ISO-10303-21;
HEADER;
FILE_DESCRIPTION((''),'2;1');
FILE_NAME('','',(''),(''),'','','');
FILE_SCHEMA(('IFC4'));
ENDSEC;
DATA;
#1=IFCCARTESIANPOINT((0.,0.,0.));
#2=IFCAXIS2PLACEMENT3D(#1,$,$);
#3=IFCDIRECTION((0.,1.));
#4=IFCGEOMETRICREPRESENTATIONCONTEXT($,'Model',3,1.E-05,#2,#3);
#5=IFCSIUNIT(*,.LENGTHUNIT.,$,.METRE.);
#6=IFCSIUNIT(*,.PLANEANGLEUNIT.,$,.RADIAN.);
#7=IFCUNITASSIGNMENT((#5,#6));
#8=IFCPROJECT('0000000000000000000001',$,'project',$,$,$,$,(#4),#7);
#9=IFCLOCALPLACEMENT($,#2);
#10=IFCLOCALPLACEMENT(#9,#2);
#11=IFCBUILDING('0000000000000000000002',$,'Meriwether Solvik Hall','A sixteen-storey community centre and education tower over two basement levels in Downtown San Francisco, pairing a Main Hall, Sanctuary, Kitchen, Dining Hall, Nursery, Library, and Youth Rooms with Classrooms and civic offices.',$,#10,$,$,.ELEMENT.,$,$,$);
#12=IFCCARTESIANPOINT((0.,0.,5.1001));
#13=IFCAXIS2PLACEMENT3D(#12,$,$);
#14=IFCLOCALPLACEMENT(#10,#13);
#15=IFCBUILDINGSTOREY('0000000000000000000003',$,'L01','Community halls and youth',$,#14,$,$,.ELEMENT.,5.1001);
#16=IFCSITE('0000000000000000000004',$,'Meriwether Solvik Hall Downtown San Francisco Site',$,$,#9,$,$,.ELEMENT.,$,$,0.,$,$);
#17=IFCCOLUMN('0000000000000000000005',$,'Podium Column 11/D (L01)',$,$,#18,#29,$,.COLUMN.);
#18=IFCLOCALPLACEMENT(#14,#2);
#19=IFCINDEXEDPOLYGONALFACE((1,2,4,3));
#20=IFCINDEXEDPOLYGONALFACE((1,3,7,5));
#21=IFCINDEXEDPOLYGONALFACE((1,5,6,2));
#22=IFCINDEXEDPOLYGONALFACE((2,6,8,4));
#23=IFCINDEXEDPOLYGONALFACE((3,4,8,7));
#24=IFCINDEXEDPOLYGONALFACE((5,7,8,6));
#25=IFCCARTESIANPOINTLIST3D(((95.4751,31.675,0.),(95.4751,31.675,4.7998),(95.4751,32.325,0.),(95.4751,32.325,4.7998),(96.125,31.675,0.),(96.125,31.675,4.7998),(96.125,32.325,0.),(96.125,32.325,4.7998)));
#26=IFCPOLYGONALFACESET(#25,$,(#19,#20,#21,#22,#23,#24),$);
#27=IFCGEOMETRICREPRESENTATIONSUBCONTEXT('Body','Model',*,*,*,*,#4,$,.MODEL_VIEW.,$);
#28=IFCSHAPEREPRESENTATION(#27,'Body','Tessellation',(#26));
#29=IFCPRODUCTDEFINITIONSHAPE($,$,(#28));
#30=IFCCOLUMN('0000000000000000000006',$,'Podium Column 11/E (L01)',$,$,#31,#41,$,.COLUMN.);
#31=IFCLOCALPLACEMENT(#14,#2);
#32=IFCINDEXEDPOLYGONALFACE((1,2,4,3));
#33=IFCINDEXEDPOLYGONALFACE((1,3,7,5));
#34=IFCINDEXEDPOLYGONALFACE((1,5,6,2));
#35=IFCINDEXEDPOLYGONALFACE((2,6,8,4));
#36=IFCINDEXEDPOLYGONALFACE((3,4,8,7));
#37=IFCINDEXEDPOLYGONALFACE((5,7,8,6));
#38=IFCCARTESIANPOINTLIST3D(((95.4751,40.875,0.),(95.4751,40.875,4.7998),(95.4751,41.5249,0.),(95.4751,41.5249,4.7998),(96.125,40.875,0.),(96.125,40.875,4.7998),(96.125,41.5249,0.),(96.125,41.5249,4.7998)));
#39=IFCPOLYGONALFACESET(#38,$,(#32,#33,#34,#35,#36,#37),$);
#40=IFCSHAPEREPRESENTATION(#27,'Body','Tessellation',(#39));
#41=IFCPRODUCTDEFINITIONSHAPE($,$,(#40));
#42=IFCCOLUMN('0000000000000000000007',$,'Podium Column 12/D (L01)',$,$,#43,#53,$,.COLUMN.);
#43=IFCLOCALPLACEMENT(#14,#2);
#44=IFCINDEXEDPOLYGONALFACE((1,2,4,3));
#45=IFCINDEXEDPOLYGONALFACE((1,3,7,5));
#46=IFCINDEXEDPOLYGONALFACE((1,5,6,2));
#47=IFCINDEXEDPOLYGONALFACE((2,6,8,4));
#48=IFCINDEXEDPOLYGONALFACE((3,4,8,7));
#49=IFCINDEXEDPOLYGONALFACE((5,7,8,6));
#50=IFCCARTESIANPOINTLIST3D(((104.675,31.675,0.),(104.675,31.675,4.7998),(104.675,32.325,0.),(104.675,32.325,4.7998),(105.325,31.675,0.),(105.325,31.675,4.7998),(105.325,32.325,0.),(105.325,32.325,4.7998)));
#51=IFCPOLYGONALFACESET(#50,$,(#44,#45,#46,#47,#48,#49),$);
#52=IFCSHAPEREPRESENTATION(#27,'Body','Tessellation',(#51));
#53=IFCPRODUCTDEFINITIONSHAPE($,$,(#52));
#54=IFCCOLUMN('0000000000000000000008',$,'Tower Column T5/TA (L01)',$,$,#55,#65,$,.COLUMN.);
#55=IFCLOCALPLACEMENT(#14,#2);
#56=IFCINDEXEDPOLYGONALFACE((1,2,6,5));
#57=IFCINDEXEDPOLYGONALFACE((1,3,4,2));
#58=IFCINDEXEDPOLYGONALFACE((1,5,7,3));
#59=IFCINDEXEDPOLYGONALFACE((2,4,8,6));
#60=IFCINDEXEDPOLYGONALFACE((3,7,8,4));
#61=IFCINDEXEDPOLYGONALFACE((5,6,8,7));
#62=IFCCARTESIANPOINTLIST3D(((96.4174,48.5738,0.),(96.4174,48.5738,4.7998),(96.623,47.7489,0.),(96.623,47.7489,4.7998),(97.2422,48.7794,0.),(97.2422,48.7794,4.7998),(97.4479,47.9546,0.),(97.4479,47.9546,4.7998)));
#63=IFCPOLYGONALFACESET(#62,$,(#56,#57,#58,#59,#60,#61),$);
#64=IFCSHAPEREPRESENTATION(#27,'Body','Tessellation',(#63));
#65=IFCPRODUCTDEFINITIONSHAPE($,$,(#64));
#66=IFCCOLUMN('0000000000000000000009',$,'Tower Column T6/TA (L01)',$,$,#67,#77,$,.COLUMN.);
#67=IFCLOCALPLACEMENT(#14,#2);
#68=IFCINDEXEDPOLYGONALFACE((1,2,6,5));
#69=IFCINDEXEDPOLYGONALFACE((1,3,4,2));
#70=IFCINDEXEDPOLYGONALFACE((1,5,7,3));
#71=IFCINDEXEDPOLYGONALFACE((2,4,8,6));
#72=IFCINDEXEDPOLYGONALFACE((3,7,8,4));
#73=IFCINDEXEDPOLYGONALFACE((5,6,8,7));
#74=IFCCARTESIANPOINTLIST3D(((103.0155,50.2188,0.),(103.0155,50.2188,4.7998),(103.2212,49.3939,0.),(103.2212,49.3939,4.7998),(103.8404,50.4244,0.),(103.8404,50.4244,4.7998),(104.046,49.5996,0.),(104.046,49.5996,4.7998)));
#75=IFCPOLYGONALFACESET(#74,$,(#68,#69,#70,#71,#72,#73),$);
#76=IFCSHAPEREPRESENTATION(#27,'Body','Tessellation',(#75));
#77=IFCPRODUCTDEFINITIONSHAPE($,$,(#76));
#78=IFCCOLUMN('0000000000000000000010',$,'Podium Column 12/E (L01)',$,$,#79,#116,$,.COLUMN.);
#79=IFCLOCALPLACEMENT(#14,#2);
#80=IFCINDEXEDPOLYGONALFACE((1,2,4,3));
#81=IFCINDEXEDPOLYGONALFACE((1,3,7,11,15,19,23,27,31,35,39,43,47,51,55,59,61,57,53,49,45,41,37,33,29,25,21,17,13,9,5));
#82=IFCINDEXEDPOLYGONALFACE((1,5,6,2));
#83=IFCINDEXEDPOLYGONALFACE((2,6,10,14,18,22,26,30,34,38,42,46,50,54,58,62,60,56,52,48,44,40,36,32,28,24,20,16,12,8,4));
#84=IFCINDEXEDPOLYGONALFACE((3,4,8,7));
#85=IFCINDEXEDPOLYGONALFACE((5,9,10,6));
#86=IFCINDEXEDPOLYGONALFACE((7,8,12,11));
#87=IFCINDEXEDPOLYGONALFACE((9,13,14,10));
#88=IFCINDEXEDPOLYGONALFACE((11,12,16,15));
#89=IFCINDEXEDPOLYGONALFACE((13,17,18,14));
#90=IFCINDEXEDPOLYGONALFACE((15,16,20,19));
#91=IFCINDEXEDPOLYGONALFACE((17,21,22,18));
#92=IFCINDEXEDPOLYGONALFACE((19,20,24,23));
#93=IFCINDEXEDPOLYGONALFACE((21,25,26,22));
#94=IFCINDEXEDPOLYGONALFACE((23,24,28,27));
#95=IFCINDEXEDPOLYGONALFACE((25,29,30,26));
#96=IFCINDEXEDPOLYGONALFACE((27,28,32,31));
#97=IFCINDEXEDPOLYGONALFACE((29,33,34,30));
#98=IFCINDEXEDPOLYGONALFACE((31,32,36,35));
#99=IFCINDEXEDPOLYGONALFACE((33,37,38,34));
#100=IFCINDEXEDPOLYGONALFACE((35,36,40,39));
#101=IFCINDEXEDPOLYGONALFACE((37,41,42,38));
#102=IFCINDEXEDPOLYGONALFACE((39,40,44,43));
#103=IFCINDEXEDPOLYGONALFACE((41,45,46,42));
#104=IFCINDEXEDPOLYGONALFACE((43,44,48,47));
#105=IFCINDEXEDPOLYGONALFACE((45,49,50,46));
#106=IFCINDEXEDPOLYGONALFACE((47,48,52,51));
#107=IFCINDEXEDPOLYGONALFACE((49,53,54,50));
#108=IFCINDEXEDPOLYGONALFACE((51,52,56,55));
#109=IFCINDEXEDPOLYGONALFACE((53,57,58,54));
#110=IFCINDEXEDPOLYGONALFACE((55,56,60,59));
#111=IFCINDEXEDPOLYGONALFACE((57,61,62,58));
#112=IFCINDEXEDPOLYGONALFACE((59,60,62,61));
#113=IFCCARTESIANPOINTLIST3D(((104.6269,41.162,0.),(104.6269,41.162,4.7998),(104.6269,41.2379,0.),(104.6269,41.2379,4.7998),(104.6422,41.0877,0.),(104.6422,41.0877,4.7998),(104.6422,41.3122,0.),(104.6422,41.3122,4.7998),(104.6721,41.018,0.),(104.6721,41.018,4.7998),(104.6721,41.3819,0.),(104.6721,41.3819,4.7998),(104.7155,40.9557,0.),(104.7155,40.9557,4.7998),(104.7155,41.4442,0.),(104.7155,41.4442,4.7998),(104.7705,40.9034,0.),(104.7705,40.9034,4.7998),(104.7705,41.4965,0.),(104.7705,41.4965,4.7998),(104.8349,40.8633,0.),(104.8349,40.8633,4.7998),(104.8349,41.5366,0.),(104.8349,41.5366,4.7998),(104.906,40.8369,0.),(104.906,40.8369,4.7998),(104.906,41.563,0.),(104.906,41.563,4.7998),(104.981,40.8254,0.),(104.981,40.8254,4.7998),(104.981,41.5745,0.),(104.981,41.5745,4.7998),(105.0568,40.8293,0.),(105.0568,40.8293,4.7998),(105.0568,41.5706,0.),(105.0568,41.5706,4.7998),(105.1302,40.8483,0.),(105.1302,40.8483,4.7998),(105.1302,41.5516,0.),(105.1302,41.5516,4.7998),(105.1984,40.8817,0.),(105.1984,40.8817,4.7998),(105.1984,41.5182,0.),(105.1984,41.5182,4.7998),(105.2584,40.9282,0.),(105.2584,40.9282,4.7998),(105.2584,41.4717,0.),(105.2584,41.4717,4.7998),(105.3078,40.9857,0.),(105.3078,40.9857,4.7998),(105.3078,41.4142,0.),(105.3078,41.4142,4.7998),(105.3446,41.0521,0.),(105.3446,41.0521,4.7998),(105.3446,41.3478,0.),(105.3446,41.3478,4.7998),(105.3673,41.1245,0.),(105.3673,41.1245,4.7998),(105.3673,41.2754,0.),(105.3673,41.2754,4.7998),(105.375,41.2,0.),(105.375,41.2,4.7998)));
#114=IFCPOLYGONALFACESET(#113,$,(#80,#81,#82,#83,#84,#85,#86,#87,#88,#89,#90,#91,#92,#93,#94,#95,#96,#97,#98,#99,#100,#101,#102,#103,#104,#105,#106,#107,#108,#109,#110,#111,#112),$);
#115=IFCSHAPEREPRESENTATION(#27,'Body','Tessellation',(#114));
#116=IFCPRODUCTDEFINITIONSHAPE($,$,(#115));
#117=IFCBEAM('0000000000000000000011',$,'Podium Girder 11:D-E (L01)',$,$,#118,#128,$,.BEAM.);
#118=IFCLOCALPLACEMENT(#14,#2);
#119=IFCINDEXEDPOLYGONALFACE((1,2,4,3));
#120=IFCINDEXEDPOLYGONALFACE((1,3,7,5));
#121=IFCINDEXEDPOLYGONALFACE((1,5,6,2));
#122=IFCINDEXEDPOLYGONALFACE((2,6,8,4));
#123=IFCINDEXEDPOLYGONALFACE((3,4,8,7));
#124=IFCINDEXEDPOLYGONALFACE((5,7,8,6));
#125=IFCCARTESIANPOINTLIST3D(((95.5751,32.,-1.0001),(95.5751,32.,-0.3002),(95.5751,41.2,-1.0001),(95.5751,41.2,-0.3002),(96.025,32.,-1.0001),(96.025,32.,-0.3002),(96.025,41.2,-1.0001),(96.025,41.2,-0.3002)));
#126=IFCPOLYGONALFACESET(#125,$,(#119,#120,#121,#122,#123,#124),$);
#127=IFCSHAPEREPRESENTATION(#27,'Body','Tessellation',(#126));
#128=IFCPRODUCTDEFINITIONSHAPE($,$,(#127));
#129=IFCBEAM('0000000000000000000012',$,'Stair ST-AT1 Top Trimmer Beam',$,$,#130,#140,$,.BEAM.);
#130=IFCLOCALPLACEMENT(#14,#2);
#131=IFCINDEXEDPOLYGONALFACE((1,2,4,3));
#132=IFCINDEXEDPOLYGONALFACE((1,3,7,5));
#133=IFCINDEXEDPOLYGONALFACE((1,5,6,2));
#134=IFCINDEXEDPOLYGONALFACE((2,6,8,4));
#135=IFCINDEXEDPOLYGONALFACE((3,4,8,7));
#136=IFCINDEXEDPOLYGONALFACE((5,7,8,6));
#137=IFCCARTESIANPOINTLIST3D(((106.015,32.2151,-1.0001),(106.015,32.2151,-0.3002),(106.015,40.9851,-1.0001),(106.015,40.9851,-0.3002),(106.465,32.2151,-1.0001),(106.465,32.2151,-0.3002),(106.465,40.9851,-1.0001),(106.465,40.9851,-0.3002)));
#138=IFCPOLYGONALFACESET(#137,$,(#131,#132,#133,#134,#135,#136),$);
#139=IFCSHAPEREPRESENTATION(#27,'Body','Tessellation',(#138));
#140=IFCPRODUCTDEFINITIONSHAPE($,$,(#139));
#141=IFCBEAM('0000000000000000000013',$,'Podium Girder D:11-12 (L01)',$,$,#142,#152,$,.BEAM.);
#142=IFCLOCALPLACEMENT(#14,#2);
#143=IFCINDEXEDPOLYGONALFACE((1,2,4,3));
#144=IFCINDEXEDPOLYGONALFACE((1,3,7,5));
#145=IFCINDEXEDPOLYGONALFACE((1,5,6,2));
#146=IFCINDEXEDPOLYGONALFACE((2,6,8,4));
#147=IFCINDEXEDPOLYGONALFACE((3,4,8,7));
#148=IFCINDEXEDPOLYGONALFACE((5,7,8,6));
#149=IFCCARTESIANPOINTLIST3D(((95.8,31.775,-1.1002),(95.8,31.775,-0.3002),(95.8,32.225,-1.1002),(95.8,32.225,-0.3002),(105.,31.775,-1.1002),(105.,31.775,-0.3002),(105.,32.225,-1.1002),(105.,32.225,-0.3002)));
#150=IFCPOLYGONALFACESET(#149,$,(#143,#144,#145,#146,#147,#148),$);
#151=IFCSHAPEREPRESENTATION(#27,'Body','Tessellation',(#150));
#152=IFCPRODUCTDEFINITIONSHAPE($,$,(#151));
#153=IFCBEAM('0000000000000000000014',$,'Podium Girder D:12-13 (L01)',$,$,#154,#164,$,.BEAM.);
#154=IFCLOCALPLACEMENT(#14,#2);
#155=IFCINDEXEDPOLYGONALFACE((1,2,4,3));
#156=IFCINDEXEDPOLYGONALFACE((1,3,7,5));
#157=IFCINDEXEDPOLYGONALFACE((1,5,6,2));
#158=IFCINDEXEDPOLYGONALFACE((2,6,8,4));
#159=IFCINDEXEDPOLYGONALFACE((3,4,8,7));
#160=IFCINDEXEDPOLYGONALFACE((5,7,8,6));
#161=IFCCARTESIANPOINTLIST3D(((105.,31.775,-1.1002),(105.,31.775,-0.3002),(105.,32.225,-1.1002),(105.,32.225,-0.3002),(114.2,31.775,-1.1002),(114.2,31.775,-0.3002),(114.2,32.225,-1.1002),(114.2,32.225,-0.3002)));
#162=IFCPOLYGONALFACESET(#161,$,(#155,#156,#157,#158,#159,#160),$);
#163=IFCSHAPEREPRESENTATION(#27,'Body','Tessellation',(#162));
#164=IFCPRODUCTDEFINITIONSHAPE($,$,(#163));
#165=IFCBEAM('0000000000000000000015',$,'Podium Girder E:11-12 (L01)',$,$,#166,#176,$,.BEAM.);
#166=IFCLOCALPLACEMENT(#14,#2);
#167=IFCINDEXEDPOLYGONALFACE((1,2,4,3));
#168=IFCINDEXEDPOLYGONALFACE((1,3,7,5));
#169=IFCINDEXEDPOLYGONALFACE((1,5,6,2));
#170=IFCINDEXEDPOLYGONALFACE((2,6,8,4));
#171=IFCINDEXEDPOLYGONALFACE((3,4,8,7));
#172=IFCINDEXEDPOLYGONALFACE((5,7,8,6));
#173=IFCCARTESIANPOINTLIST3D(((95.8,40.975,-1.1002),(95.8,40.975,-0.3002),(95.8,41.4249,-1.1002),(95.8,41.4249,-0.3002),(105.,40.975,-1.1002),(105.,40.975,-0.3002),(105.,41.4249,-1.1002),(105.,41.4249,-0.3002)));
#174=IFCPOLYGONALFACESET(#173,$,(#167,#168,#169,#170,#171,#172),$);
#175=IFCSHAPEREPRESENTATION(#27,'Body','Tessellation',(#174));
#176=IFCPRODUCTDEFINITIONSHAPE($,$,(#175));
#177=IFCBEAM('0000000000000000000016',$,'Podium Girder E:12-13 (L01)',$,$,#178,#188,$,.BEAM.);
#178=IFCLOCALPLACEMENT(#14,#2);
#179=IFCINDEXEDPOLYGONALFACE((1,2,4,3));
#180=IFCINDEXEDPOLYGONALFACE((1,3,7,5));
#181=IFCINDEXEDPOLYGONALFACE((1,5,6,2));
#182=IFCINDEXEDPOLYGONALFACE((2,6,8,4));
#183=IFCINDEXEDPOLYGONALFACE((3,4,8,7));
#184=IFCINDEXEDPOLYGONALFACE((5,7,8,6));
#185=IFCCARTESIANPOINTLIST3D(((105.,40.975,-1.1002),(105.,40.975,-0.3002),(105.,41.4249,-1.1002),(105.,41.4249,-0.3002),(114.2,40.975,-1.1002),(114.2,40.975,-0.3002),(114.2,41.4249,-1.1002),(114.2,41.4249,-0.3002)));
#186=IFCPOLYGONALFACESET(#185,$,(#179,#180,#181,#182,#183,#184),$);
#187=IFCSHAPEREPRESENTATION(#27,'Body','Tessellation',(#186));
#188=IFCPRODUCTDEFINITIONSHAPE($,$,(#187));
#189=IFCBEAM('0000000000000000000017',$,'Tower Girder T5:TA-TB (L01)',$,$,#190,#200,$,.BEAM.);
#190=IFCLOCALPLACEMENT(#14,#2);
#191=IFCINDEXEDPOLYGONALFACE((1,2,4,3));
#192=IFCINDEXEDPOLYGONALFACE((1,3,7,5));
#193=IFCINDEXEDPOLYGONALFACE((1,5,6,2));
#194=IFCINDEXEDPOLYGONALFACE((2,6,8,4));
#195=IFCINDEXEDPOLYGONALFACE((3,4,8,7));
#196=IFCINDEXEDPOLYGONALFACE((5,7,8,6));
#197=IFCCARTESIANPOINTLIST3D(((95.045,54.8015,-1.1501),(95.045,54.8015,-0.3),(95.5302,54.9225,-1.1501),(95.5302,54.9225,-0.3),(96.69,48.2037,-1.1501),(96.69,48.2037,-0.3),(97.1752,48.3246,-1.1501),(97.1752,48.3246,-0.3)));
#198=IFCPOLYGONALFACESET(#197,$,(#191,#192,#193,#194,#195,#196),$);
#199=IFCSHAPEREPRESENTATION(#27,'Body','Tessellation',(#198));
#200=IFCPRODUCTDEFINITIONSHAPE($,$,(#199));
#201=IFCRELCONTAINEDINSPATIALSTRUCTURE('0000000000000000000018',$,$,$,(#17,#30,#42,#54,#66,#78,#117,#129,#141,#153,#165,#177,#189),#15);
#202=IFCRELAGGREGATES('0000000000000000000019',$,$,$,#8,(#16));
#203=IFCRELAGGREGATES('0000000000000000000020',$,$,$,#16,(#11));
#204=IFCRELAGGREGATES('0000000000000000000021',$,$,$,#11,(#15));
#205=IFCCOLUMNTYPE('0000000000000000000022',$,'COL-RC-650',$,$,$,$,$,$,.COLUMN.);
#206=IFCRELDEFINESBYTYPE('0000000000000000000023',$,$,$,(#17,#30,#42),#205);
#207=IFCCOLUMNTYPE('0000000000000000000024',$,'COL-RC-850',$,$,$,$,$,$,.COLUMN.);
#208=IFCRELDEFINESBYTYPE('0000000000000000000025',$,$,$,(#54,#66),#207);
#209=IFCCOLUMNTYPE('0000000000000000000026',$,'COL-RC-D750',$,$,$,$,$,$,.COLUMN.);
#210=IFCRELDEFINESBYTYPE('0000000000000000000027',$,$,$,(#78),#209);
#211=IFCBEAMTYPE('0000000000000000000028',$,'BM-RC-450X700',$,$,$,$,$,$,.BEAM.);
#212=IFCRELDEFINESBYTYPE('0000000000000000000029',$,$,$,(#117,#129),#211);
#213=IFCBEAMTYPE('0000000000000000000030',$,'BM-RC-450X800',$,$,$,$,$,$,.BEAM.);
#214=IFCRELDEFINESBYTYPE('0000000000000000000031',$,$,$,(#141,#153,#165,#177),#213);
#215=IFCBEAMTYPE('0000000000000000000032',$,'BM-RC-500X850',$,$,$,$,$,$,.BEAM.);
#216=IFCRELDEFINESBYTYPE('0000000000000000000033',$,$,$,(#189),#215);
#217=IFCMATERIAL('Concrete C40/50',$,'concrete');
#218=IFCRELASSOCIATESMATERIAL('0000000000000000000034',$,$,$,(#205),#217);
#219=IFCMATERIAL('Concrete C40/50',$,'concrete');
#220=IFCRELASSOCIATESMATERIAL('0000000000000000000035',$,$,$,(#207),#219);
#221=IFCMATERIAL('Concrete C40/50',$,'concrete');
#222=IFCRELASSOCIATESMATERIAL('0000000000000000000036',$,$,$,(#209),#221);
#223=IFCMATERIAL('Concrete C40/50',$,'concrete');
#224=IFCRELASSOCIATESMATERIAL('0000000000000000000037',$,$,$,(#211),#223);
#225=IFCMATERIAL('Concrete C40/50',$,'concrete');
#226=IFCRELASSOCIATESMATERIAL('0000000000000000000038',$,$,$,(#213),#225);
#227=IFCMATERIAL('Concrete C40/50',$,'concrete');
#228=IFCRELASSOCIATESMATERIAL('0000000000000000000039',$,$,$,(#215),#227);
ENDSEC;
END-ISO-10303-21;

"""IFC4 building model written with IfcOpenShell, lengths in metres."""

from ifc_helpers import new_model, si_unit, direction, frame, origin, origin_2d, place, context, subcontext, project, spatial, rectangle, circle, extrude, material, material_profile, profile_set, type_object, element, save


model = new_model("IFC4")

# Units and contexts
model_context = context("Model", 3, precision=1e-05, world=origin(), true_north=direction((0.0, 1.0)))
body_context = subcontext(model_context, "Body", "Model", "MODEL_VIEW")
ifc_project = project(units=[si_unit("LENGTHUNIT", "METRE"), si_unit("PLANEANGLEUNIT", "RADIAN")], contexts=[model_context])

# Site, building, storey
site_placement = place(None, origin())
site = spatial("IfcSite", under=ifc_project, at=site_placement, Name="Meriwether Solvik Hall Downtown San Francisco Site", CompositionType="ELEMENT", RefElevation=0.0)
building_placement = place(site_placement, origin())
building = spatial("IfcBuilding", under=site, at=building_placement, Name="Meriwether Solvik Hall", Description="A sixteen-storey community centre and education tower over two basement levels in Downtown San Francisco, pairing a Main Hall, Sanctuary, Kitchen, Dining Hall, Nursery, Library, and Youth Rooms with Classrooms and civic offices.", CompositionType="ELEMENT")
storey_placement = place(building_placement, frame((0.0, 0.0, 5.1001)))
storey = spatial("IfcBuildingStorey", under=building, at=storey_placement, Name="L01", Description="Community halls and youth", CompositionType="ELEMENT", Elevation=5.1001)

# Columns
ifc_material_1 = material(Name="Concrete C40/50", Category="concrete")
ifc_material_profile_1 = material_profile(ifc_material_1, rectangle(XDim=0.6499, YDim=0.6499, at=origin_2d()), Name="RCC-650X650")
ifc_profile_set_1 = profile_set([ifc_material_profile_1], Name="Concrete C40/50")
column_type_1 = type_object("IfcColumnType", Name="COL-RC-650", PredefinedType="COLUMN", material=ifc_profile_set_1)
for number, where, z_axis, x_axis, name in (
    (1, (95.8, 32.0, 0.0), (0.0, 0.0, 1.0), (1.0, 0.0, 0.0), "Podium Column 11/D (L01)"),
    (2, (95.8, 41.2, 0.0), (0.0, 0.0, 1.0), (1.0, 0.0, 0.0), "Podium Column 11/E (L01)"),
    (3, (105.0, 32.0, 0.0), (0.0, 0.0, 1.0), (1.0, 0.0, 0.0), "Podium Column 12/D (L01)"),
):
    element("IfcColumn", number, at=place(storey_placement, frame(where, z_axis=z_axis, x_axis=x_axis)), inside=storey, type_object=column_type_1, Name=name, PredefinedType="COLUMN", context=body_context, shape_type="SweptSolid", body=[
        extrude(rectangle(XDim=0.6499, YDim=0.6499, at=origin_2d()), origin(), (0.0, 0.0, 1.0), 4.7998),
    ])
ifc_material_2 = material(Name="Concrete C40/50", Category="concrete")
ifc_material_profile_2 = material_profile(ifc_material_2, rectangle(XDim=0.8501, YDim=0.8501, at=origin_2d()), Name="RCC-850X850")
ifc_profile_set_2 = profile_set([ifc_material_profile_2], Name="Concrete C40/50")
column_type_2 = type_object("IfcColumnType", Name="COL-RC-850", PredefinedType="COLUMN", material=ifc_profile_set_2)
for number, where, z_axis, x_axis, name in (
    (4, (96.9326, 48.2642, 0.0), (0.0, 0.0, 1.0), (0.970296, 0.241922, 0.0), "Tower Column T5/TA (L01)"),
    (5, (103.5308, 49.9092, 0.0), (0.0, 0.0, 1.0), (0.970296, 0.241922, 0.0), "Tower Column T6/TA (L01)"),
):
    element("IfcColumn", number, at=place(storey_placement, frame(where, z_axis=z_axis, x_axis=x_axis)), inside=storey, type_object=column_type_2, Name=name, PredefinedType="COLUMN", context=body_context, shape_type="SweptSolid", body=[
        extrude(rectangle(XDim=0.8501, YDim=0.8501, at=origin_2d()), origin(), (0.0, 0.0, 1.0), 4.7998),
    ])
ifc_material_3 = material(Name="Concrete C40/50", Category="concrete")
ifc_material_profile_3 = material_profile(ifc_material_3, circle(Radius=0.375, at=origin_2d()), Name="RCC-D750")
ifc_profile_set_3 = profile_set([ifc_material_profile_3], Name="Concrete C40/50")
column_type_3 = type_object("IfcColumnType", Name="COL-RC-D750", PredefinedType="COLUMN", material=ifc_profile_set_3)
column_placement = place(storey_placement, frame((105.0, 41.2, 0.0), z_axis=(0.0, 0.0, 1.0), x_axis=(1.0, 0.0, 0.0)))
element("IfcColumn", 6, at=column_placement, inside=storey, type_object=column_type_3, Name="Podium Column 12/E (L01)", PredefinedType="COLUMN", context=body_context, shape_type="SweptSolid", body=[
    extrude(circle(Radius=0.375, at=origin_2d()), origin(), (0.0, 0.0, 1.0), 4.7998),
])

# Beams
ifc_material_4 = material(Name="Concrete C40/50", Category="concrete")
ifc_material_profile_4 = material_profile(ifc_material_4, rectangle(XDim=0.45, YDim=0.7, at=origin_2d()), Name="RCB-450X700")
ifc_profile_set_4 = profile_set([ifc_material_profile_4], Name="Concrete C40/50")
beam_type_1 = type_object("IfcBeamType", Name="BM-RC-450X700", PredefinedType="BEAM", material=ifc_profile_set_4)
beam_1_placement = place(storey_placement, frame((95.8, 32.0, -0.6501), z_axis=(0.0, 1.0, 0.0), x_axis=(-1.0, 0.0, 0.0)))
element("IfcBeam", 7, at=beam_1_placement, inside=storey, type_object=beam_type_1, Name="Podium Girder 11:D-E (L01)", PredefinedType="BEAM", context=body_context, shape_type="SweptSolid", body=[
    extrude(rectangle(XDim=0.45, YDim=0.7, at=origin_2d()), origin(), (0.0, 0.0, 1.0), 9.2),
])
beam_2_placement = place(storey_placement, frame((106.24, 32.2151, -0.6501), z_axis=(0.0, 1.0, 0.0), x_axis=(-1.0, 0.0, 0.0)))
element("IfcBeam", 8, at=beam_2_placement, inside=storey, type_object=beam_type_1, Name="Stair ST-AT1 Top Trimmer Beam", PredefinedType="BEAM", context=body_context, shape_type="SweptSolid", body=[
    extrude(rectangle(XDim=0.45, YDim=0.7, at=origin_2d()), origin(), (0.0, 0.0, 1.0), 8.77),
])
ifc_material_5 = material(Name="Concrete C40/50", Category="concrete")
ifc_material_profile_5 = material_profile(ifc_material_5, rectangle(XDim=0.45, YDim=0.8, at=origin_2d()), Name="RCB-450X800")
ifc_profile_set_5 = profile_set([ifc_material_profile_5], Name="Concrete C40/50")
beam_type_2 = type_object("IfcBeamType", Name="BM-RC-450X800", PredefinedType="BEAM", material=ifc_profile_set_5)
for number, where, z_axis, x_axis, name in (
    (9, (95.8, 32.0, -0.7002), (1.0, 0.0, 0.0), (0.0, 1.0, 0.0), "Podium Girder D:11-12 (L01)"),
    (10, (105.0, 32.0, -0.7002), (1.0, 0.0, 0.0), (0.0, 1.0, 0.0), "Podium Girder D:12-13 (L01)"),
    (11, (95.8, 41.2, -0.7002), (1.0, 0.0, 0.0), (0.0, 1.0, 0.0), "Podium Girder E:11-12 (L01)"),
    (12, (105.0, 41.2, -0.7002), (1.0, 0.0, 0.0), (0.0, 1.0, 0.0), "Podium Girder E:12-13 (L01)"),
):
    element("IfcBeam", number, at=place(storey_placement, frame(where, z_axis=z_axis, x_axis=x_axis)), inside=storey, type_object=beam_type_2, Name=name, PredefinedType="BEAM", context=body_context, shape_type="SweptSolid", body=[
        extrude(rectangle(XDim=0.45, YDim=0.8, at=origin_2d()), origin(), (0.0, 0.0, 1.0), 9.2),
    ])
ifc_material_6 = material(Name="Concrete C40/50", Category="concrete")
ifc_material_profile_6 = material_profile(ifc_material_6, rectangle(XDim=0.5, YDim=0.8501, at=origin_2d()), Name="RCB-500X850")
ifc_profile_set_6 = profile_set([ifc_material_profile_6], Name="Concrete C40/50")
beam_type_3 = type_object("IfcBeamType", Name="BM-RC-500X850", PredefinedType="BEAM", material=ifc_profile_set_6)
beam_3_placement = place(storey_placement, frame((96.9326, 48.2642, -0.7251), z_axis=(-0.241919, 0.970296, 0.0), x_axis=(-0.970296, -0.241919, 0.0)))
element("IfcBeam", 13, at=beam_3_placement, inside=storey, type_object=beam_type_3, Name="Tower Girder T5:TA-TB (L01)", PredefinedType="BEAM", context=body_context, shape_type="SweptSolid", body=[
    extrude(rectangle(XDim=0.5, YDim=0.8501, at=origin_2d()), origin(), (0.0, 0.0, 1.0), 6.7998),
])

save(model, "model.ifc")
